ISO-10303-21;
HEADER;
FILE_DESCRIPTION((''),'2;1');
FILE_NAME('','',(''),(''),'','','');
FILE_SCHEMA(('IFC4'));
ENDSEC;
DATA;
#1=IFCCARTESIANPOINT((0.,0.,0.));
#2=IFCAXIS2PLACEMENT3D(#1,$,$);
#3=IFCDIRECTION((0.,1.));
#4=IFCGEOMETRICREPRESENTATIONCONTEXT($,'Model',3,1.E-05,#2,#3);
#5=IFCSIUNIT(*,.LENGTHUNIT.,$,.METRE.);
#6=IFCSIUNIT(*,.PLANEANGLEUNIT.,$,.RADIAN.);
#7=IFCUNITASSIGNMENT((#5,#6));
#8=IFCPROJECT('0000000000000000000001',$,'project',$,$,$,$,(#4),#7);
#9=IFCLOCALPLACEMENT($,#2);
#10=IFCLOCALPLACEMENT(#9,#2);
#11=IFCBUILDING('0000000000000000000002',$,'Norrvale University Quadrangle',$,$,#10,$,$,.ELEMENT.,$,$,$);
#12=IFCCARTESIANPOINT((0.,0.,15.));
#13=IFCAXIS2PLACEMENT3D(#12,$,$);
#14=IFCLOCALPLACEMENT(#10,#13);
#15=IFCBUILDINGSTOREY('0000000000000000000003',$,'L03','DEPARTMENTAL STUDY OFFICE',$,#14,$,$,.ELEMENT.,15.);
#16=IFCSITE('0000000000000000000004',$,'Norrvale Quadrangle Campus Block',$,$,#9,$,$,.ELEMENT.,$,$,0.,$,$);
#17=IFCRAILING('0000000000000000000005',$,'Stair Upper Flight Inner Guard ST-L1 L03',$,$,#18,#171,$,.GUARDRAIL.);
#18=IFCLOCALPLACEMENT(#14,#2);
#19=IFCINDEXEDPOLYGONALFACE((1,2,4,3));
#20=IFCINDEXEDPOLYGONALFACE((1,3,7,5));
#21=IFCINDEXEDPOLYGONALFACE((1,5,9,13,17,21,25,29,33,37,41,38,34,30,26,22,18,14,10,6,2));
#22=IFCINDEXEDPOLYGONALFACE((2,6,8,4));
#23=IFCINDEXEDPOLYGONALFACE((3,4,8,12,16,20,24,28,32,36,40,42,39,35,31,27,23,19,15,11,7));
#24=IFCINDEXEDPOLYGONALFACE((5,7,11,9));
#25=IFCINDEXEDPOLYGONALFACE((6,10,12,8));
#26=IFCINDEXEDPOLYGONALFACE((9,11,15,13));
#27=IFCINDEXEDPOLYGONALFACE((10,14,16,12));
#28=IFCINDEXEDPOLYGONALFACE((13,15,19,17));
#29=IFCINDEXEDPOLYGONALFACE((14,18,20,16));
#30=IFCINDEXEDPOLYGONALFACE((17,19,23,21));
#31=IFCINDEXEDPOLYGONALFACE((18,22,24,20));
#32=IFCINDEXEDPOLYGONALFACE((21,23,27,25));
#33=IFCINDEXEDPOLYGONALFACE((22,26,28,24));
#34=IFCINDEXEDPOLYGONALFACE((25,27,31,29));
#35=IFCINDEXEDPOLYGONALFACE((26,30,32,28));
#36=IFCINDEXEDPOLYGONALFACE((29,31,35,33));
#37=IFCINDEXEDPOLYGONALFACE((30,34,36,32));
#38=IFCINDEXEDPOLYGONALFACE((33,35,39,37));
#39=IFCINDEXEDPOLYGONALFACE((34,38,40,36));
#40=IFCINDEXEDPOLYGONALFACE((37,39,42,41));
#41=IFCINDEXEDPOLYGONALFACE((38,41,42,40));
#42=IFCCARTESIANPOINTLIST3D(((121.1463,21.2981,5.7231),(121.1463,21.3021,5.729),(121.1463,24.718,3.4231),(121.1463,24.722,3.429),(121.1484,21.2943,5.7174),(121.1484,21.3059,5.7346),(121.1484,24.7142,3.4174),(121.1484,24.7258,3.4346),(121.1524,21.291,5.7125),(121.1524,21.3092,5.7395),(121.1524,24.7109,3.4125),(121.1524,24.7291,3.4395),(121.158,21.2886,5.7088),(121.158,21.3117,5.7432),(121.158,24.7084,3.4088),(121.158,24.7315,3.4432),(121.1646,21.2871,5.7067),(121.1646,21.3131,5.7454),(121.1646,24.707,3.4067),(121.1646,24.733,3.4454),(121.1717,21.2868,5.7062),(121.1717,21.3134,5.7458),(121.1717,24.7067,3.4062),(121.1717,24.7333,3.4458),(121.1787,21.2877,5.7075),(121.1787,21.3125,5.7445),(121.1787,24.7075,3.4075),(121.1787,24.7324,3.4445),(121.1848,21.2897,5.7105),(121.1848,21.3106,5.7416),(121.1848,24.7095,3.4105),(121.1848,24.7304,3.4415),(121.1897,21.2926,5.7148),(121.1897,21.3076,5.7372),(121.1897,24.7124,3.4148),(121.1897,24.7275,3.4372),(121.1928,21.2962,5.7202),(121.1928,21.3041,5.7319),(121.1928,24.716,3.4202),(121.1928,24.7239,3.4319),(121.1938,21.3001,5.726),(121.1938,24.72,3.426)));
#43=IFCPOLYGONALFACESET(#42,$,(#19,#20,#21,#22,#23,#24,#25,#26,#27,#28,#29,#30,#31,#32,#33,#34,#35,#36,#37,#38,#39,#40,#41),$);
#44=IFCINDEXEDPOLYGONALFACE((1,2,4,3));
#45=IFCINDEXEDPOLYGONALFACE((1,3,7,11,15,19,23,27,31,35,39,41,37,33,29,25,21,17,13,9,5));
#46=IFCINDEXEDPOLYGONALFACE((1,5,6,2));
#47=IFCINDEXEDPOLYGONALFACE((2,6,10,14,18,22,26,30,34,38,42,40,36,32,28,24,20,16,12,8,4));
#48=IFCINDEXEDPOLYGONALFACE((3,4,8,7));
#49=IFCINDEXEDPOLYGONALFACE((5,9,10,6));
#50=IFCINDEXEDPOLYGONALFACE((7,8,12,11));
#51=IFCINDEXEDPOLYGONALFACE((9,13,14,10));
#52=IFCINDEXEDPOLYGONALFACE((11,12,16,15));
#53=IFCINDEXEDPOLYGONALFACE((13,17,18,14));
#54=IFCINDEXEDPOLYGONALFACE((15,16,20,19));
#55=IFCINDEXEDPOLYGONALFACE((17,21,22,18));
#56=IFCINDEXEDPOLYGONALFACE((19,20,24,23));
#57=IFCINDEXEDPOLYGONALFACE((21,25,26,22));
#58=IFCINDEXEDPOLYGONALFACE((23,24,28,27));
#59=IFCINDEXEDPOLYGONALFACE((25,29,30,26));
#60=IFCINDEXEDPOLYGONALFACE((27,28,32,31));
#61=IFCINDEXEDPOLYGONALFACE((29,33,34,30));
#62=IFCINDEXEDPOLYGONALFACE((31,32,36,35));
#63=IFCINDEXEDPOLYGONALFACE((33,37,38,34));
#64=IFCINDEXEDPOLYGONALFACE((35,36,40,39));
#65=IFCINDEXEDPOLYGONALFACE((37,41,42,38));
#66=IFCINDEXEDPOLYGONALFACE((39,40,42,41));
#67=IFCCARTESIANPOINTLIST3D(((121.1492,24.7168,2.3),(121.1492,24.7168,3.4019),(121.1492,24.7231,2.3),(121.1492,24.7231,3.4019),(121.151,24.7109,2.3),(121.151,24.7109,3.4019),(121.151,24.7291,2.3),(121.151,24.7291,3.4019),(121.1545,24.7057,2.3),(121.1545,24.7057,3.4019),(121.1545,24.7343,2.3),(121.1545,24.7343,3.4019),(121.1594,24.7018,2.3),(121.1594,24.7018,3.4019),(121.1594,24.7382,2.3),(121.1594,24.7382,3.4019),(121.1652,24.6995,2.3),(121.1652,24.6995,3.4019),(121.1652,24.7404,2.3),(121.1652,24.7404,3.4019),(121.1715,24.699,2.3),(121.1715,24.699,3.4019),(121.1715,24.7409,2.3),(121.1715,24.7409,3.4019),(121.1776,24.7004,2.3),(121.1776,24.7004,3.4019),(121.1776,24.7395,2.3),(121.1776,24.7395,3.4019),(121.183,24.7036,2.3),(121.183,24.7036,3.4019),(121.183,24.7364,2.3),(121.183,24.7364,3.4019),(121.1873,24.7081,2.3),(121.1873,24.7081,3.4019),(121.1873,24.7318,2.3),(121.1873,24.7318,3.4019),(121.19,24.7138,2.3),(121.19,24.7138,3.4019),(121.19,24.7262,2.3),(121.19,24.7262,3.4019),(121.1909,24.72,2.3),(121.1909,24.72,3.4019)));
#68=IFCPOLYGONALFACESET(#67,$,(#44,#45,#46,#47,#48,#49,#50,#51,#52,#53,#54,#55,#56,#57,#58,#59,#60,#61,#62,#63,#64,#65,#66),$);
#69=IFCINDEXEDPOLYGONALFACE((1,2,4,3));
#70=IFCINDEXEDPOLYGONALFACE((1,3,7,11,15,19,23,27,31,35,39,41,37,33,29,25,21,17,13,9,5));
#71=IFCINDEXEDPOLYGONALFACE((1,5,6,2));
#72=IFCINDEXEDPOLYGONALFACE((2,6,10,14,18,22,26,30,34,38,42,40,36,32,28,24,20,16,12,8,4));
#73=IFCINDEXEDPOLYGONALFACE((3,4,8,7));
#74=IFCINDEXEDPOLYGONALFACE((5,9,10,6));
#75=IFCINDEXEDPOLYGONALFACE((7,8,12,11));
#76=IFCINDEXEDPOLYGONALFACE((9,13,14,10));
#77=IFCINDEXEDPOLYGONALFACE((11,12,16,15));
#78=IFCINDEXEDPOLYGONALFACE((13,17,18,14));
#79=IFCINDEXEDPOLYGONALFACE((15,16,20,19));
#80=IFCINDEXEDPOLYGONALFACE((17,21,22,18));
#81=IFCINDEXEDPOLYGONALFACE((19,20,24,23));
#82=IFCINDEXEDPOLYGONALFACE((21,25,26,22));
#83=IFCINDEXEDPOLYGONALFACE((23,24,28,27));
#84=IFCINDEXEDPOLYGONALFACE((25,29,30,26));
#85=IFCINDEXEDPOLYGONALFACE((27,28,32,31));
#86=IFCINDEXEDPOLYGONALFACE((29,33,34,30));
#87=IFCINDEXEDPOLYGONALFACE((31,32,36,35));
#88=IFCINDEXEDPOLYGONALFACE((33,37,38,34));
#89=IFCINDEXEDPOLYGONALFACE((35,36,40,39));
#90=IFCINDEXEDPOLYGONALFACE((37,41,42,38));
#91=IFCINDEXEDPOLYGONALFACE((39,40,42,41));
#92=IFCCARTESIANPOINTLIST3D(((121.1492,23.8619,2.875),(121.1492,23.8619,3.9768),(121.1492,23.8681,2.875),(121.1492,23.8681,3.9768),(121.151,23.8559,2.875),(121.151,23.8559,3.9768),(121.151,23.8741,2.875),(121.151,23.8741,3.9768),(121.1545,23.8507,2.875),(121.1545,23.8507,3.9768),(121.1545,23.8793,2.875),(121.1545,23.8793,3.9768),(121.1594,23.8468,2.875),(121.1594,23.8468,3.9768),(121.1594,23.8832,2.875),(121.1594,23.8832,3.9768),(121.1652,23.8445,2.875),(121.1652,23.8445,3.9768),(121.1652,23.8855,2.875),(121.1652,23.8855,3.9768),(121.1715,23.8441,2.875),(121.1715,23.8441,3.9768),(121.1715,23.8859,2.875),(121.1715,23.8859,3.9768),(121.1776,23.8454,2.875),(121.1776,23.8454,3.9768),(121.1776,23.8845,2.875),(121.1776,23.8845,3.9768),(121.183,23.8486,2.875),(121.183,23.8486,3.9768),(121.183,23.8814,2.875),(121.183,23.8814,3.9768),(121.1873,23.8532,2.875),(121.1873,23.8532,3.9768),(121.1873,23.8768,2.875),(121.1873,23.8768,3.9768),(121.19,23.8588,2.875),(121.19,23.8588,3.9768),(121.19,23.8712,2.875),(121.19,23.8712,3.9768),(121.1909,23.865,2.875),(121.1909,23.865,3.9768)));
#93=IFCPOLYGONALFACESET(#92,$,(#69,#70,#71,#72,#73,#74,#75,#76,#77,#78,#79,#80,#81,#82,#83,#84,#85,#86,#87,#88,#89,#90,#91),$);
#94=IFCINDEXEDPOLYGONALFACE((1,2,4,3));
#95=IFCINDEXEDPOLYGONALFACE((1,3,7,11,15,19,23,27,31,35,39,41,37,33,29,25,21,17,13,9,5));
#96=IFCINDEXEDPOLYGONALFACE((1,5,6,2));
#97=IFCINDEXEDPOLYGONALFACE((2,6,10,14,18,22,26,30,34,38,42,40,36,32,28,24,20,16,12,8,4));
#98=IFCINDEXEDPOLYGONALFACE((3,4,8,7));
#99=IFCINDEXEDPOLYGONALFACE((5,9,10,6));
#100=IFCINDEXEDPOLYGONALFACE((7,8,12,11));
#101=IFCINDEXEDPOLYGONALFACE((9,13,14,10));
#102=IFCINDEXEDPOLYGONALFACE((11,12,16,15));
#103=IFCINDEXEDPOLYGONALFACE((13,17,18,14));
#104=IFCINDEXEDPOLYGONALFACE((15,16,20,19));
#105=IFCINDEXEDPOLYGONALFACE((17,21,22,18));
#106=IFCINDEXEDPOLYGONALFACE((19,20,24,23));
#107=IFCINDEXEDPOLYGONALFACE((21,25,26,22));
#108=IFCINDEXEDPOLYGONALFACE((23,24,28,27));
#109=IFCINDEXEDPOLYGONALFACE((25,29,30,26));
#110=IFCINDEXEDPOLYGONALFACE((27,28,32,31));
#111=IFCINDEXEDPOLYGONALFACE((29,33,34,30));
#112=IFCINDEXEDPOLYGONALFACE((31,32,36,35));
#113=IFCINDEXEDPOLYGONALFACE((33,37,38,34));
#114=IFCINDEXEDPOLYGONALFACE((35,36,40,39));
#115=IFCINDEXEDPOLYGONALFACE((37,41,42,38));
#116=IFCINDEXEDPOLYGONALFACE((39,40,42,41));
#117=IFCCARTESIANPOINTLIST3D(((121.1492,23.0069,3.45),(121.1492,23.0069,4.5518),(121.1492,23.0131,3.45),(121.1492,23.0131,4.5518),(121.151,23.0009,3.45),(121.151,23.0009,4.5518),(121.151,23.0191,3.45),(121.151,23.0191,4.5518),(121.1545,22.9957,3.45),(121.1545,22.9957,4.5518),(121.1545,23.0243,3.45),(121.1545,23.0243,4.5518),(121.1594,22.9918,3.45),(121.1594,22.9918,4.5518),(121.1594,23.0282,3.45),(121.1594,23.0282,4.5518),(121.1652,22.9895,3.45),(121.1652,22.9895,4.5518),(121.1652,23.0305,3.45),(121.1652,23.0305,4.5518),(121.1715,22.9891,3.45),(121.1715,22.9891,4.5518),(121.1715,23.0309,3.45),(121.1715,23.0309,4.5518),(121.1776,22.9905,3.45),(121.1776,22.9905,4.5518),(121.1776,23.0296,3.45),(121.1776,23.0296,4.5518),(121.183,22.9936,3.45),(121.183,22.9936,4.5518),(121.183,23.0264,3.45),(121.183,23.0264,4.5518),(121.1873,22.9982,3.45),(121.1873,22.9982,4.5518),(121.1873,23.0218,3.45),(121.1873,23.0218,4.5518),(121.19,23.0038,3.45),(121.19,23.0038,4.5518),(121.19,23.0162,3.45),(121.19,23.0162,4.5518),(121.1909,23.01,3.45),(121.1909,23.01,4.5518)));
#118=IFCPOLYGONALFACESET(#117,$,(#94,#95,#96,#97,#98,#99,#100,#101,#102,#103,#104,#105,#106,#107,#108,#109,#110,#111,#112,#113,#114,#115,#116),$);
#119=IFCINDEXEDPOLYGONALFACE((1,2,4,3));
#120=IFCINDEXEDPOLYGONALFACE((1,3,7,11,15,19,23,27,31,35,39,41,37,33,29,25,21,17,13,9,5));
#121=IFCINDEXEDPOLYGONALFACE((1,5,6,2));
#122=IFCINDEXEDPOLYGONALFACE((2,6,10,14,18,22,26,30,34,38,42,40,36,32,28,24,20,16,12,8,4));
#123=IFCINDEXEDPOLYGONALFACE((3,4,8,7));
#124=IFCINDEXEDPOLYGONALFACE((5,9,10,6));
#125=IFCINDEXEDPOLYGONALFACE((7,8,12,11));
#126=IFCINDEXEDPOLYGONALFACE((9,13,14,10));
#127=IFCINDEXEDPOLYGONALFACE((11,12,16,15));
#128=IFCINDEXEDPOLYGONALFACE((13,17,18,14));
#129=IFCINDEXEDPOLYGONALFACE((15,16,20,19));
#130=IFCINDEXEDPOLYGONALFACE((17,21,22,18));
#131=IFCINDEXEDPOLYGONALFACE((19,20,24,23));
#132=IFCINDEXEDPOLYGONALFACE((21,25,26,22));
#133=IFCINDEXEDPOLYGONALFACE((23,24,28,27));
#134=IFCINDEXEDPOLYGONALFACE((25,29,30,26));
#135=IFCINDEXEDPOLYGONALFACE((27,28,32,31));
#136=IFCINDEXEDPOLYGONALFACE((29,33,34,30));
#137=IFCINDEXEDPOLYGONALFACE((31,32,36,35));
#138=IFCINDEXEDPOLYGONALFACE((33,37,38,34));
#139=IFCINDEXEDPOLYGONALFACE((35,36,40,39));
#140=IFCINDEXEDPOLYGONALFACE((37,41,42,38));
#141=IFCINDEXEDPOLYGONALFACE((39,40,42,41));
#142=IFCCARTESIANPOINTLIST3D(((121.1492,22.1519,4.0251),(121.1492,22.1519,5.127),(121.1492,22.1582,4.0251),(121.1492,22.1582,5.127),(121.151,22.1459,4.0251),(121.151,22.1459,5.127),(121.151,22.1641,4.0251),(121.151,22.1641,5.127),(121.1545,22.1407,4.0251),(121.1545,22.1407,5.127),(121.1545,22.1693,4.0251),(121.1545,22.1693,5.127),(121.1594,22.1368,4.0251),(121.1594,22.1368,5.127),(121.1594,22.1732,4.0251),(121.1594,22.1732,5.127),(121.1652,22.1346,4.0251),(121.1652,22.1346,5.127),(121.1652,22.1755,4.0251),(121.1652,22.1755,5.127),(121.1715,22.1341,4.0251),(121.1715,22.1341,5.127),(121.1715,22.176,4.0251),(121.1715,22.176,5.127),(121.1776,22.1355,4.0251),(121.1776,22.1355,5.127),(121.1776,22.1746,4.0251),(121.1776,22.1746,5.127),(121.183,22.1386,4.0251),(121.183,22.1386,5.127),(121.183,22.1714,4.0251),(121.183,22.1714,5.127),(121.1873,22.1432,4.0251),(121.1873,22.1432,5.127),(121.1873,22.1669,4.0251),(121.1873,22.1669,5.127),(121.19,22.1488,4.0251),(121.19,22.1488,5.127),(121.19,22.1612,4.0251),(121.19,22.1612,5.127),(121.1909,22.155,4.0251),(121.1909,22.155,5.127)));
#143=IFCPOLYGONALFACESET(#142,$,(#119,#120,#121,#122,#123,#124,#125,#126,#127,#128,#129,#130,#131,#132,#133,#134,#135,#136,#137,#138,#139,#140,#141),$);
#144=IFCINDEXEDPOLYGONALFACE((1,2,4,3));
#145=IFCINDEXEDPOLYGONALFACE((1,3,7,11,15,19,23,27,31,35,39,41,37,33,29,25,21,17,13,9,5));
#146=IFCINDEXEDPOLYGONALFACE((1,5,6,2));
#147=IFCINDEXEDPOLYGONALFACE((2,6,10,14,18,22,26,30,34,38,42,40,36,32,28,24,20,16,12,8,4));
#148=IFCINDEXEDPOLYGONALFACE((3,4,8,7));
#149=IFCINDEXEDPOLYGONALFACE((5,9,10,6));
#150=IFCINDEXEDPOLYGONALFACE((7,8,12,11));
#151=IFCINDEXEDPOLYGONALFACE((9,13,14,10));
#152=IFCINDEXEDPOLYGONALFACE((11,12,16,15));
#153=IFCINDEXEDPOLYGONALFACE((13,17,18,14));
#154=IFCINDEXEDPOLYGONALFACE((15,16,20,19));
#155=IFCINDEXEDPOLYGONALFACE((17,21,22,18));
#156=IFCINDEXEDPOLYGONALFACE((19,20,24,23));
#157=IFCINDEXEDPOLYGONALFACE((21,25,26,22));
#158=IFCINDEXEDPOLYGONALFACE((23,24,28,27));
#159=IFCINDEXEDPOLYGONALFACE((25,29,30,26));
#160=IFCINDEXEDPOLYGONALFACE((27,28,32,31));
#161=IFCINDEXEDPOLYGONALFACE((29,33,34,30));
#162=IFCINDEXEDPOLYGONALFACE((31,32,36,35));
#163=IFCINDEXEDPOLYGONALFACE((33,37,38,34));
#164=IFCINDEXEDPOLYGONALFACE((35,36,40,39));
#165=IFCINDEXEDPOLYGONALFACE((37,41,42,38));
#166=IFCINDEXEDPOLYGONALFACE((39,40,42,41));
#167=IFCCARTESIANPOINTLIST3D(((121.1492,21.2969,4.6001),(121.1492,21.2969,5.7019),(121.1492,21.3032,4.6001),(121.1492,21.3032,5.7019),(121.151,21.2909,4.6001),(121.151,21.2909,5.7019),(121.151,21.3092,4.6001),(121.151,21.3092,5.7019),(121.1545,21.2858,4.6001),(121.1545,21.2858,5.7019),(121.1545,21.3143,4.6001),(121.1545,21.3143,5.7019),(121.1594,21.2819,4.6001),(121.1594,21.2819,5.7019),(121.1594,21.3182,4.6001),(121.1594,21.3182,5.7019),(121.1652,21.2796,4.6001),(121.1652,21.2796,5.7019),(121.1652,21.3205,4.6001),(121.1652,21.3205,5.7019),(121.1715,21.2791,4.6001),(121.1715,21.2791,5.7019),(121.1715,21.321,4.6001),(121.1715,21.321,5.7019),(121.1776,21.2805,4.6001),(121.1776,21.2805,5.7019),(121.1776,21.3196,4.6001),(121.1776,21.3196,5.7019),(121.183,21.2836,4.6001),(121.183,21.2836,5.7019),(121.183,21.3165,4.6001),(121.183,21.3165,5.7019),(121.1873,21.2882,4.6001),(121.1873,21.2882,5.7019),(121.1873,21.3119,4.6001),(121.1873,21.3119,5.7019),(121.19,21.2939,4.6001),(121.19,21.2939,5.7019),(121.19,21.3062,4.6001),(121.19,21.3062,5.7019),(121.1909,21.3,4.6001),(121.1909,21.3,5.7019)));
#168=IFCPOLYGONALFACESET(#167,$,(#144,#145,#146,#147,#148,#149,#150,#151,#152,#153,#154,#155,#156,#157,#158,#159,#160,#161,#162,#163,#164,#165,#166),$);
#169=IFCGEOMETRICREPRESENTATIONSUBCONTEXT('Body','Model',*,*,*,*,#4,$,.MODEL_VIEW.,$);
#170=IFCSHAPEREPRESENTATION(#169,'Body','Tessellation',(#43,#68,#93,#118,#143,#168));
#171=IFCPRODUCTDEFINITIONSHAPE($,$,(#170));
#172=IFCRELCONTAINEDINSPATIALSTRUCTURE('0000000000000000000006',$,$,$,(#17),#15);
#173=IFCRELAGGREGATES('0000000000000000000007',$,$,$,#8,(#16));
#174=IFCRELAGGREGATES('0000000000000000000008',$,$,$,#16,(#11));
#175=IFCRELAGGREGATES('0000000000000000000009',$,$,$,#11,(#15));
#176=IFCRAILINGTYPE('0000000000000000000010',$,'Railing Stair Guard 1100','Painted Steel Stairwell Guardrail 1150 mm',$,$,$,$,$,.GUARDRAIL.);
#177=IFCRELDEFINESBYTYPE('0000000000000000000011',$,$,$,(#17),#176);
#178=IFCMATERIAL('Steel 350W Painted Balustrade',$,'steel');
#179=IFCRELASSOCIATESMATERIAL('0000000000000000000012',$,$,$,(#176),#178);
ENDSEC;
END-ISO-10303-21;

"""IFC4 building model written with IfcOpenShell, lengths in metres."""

from ifc_helpers import new_model, si_unit, direction, frame, origin, origin_2d, place, context, subcontext, project, spatial, circle, extrude, material, type_object, element, save


model = new_model("IFC4")

# Units and contexts
model_context = context("Model", 3, precision=1e-05, world=origin(), true_north=direction((0.0, 1.0)))
body_context = subcontext(model_context, "Body", "Model", "MODEL_VIEW")
ifc_project = project(units=[si_unit("LENGTHUNIT", "METRE"), si_unit("PLANEANGLEUNIT", "RADIAN")], contexts=[model_context])

# Site, building, storey
site_placement = place(None, origin())
site = spatial("IfcSite", under=ifc_project, at=site_placement, Name="Norrvale Quadrangle Campus Block", CompositionType="ELEMENT", RefElevation=0.0)
building_placement = place(site_placement, origin())
building = spatial("IfcBuilding", under=site, at=building_placement, Name="Norrvale University Quadrangle", CompositionType="ELEMENT")
storey_placement = place(building_placement, frame((0.0, 0.0, 15.0)))
storey = spatial("IfcBuildingStorey", under=building, at=storey_placement, Name="L03", Description="DEPARTMENTAL STUDY OFFICE", CompositionType="ELEMENT", Elevation=15.0)

# Railing
ifc_material_1 = material(Name="Steel 350W Painted Balustrade", Category="steel")
railing_type_1 = type_object("IfcRailingType", Name="Railing Stair Guard 1100", Description="Painted Steel Stairwell Guardrail 1150 mm", PredefinedType="GUARDRAIL", material=ifc_material_1)
railing_1_placement = place(storey_placement, frame((121.1699, 24.72, 2.3)))
element("IfcRailing", 1, at=railing_1_placement, inside=storey, type_object=railing_type_1, Name="Stair Upper Flight Inner Guard ST-L1 L03", PredefinedType="GUARDRAIL", context=body_context, shape_type="SweptSolid", body=[
    extrude(circle(Radius=0.0239, at=origin_2d()), frame((0.0, 0.0, 1.126), z_axis=(0.0, -0.829792, 0.558072), x_axis=(1.0, 0.0, 0.0)), (0.0, 0.0, 1.0), 4.1213),
    extrude(circle(Radius=0.021, at=origin_2d()), origin(), (0.0, 0.0, 1.0), 1.1018),
    extrude(circle(Radius=0.021, at=origin_2d()), frame((0.0, -0.855, 0.575)), (0.0, 0.0, 1.0), 1.1018),
    extrude(circle(Radius=0.021, at=origin_2d()), frame((0.0, -1.71, 1.1499)), (0.0, 0.0, 1.0), 1.1018),
    extrude(circle(Radius=0.021, at=origin_2d()), frame((0.0, -2.5649, 1.7251)), (0.0, 0.0, 1.0), 1.1018),
    extrude(circle(Radius=0.021, at=origin_2d()), frame((0.0, -3.4199, 2.3)), (0.0, 0.0, 1.0), 1.1018),
])

save(model, "model.ifc")
